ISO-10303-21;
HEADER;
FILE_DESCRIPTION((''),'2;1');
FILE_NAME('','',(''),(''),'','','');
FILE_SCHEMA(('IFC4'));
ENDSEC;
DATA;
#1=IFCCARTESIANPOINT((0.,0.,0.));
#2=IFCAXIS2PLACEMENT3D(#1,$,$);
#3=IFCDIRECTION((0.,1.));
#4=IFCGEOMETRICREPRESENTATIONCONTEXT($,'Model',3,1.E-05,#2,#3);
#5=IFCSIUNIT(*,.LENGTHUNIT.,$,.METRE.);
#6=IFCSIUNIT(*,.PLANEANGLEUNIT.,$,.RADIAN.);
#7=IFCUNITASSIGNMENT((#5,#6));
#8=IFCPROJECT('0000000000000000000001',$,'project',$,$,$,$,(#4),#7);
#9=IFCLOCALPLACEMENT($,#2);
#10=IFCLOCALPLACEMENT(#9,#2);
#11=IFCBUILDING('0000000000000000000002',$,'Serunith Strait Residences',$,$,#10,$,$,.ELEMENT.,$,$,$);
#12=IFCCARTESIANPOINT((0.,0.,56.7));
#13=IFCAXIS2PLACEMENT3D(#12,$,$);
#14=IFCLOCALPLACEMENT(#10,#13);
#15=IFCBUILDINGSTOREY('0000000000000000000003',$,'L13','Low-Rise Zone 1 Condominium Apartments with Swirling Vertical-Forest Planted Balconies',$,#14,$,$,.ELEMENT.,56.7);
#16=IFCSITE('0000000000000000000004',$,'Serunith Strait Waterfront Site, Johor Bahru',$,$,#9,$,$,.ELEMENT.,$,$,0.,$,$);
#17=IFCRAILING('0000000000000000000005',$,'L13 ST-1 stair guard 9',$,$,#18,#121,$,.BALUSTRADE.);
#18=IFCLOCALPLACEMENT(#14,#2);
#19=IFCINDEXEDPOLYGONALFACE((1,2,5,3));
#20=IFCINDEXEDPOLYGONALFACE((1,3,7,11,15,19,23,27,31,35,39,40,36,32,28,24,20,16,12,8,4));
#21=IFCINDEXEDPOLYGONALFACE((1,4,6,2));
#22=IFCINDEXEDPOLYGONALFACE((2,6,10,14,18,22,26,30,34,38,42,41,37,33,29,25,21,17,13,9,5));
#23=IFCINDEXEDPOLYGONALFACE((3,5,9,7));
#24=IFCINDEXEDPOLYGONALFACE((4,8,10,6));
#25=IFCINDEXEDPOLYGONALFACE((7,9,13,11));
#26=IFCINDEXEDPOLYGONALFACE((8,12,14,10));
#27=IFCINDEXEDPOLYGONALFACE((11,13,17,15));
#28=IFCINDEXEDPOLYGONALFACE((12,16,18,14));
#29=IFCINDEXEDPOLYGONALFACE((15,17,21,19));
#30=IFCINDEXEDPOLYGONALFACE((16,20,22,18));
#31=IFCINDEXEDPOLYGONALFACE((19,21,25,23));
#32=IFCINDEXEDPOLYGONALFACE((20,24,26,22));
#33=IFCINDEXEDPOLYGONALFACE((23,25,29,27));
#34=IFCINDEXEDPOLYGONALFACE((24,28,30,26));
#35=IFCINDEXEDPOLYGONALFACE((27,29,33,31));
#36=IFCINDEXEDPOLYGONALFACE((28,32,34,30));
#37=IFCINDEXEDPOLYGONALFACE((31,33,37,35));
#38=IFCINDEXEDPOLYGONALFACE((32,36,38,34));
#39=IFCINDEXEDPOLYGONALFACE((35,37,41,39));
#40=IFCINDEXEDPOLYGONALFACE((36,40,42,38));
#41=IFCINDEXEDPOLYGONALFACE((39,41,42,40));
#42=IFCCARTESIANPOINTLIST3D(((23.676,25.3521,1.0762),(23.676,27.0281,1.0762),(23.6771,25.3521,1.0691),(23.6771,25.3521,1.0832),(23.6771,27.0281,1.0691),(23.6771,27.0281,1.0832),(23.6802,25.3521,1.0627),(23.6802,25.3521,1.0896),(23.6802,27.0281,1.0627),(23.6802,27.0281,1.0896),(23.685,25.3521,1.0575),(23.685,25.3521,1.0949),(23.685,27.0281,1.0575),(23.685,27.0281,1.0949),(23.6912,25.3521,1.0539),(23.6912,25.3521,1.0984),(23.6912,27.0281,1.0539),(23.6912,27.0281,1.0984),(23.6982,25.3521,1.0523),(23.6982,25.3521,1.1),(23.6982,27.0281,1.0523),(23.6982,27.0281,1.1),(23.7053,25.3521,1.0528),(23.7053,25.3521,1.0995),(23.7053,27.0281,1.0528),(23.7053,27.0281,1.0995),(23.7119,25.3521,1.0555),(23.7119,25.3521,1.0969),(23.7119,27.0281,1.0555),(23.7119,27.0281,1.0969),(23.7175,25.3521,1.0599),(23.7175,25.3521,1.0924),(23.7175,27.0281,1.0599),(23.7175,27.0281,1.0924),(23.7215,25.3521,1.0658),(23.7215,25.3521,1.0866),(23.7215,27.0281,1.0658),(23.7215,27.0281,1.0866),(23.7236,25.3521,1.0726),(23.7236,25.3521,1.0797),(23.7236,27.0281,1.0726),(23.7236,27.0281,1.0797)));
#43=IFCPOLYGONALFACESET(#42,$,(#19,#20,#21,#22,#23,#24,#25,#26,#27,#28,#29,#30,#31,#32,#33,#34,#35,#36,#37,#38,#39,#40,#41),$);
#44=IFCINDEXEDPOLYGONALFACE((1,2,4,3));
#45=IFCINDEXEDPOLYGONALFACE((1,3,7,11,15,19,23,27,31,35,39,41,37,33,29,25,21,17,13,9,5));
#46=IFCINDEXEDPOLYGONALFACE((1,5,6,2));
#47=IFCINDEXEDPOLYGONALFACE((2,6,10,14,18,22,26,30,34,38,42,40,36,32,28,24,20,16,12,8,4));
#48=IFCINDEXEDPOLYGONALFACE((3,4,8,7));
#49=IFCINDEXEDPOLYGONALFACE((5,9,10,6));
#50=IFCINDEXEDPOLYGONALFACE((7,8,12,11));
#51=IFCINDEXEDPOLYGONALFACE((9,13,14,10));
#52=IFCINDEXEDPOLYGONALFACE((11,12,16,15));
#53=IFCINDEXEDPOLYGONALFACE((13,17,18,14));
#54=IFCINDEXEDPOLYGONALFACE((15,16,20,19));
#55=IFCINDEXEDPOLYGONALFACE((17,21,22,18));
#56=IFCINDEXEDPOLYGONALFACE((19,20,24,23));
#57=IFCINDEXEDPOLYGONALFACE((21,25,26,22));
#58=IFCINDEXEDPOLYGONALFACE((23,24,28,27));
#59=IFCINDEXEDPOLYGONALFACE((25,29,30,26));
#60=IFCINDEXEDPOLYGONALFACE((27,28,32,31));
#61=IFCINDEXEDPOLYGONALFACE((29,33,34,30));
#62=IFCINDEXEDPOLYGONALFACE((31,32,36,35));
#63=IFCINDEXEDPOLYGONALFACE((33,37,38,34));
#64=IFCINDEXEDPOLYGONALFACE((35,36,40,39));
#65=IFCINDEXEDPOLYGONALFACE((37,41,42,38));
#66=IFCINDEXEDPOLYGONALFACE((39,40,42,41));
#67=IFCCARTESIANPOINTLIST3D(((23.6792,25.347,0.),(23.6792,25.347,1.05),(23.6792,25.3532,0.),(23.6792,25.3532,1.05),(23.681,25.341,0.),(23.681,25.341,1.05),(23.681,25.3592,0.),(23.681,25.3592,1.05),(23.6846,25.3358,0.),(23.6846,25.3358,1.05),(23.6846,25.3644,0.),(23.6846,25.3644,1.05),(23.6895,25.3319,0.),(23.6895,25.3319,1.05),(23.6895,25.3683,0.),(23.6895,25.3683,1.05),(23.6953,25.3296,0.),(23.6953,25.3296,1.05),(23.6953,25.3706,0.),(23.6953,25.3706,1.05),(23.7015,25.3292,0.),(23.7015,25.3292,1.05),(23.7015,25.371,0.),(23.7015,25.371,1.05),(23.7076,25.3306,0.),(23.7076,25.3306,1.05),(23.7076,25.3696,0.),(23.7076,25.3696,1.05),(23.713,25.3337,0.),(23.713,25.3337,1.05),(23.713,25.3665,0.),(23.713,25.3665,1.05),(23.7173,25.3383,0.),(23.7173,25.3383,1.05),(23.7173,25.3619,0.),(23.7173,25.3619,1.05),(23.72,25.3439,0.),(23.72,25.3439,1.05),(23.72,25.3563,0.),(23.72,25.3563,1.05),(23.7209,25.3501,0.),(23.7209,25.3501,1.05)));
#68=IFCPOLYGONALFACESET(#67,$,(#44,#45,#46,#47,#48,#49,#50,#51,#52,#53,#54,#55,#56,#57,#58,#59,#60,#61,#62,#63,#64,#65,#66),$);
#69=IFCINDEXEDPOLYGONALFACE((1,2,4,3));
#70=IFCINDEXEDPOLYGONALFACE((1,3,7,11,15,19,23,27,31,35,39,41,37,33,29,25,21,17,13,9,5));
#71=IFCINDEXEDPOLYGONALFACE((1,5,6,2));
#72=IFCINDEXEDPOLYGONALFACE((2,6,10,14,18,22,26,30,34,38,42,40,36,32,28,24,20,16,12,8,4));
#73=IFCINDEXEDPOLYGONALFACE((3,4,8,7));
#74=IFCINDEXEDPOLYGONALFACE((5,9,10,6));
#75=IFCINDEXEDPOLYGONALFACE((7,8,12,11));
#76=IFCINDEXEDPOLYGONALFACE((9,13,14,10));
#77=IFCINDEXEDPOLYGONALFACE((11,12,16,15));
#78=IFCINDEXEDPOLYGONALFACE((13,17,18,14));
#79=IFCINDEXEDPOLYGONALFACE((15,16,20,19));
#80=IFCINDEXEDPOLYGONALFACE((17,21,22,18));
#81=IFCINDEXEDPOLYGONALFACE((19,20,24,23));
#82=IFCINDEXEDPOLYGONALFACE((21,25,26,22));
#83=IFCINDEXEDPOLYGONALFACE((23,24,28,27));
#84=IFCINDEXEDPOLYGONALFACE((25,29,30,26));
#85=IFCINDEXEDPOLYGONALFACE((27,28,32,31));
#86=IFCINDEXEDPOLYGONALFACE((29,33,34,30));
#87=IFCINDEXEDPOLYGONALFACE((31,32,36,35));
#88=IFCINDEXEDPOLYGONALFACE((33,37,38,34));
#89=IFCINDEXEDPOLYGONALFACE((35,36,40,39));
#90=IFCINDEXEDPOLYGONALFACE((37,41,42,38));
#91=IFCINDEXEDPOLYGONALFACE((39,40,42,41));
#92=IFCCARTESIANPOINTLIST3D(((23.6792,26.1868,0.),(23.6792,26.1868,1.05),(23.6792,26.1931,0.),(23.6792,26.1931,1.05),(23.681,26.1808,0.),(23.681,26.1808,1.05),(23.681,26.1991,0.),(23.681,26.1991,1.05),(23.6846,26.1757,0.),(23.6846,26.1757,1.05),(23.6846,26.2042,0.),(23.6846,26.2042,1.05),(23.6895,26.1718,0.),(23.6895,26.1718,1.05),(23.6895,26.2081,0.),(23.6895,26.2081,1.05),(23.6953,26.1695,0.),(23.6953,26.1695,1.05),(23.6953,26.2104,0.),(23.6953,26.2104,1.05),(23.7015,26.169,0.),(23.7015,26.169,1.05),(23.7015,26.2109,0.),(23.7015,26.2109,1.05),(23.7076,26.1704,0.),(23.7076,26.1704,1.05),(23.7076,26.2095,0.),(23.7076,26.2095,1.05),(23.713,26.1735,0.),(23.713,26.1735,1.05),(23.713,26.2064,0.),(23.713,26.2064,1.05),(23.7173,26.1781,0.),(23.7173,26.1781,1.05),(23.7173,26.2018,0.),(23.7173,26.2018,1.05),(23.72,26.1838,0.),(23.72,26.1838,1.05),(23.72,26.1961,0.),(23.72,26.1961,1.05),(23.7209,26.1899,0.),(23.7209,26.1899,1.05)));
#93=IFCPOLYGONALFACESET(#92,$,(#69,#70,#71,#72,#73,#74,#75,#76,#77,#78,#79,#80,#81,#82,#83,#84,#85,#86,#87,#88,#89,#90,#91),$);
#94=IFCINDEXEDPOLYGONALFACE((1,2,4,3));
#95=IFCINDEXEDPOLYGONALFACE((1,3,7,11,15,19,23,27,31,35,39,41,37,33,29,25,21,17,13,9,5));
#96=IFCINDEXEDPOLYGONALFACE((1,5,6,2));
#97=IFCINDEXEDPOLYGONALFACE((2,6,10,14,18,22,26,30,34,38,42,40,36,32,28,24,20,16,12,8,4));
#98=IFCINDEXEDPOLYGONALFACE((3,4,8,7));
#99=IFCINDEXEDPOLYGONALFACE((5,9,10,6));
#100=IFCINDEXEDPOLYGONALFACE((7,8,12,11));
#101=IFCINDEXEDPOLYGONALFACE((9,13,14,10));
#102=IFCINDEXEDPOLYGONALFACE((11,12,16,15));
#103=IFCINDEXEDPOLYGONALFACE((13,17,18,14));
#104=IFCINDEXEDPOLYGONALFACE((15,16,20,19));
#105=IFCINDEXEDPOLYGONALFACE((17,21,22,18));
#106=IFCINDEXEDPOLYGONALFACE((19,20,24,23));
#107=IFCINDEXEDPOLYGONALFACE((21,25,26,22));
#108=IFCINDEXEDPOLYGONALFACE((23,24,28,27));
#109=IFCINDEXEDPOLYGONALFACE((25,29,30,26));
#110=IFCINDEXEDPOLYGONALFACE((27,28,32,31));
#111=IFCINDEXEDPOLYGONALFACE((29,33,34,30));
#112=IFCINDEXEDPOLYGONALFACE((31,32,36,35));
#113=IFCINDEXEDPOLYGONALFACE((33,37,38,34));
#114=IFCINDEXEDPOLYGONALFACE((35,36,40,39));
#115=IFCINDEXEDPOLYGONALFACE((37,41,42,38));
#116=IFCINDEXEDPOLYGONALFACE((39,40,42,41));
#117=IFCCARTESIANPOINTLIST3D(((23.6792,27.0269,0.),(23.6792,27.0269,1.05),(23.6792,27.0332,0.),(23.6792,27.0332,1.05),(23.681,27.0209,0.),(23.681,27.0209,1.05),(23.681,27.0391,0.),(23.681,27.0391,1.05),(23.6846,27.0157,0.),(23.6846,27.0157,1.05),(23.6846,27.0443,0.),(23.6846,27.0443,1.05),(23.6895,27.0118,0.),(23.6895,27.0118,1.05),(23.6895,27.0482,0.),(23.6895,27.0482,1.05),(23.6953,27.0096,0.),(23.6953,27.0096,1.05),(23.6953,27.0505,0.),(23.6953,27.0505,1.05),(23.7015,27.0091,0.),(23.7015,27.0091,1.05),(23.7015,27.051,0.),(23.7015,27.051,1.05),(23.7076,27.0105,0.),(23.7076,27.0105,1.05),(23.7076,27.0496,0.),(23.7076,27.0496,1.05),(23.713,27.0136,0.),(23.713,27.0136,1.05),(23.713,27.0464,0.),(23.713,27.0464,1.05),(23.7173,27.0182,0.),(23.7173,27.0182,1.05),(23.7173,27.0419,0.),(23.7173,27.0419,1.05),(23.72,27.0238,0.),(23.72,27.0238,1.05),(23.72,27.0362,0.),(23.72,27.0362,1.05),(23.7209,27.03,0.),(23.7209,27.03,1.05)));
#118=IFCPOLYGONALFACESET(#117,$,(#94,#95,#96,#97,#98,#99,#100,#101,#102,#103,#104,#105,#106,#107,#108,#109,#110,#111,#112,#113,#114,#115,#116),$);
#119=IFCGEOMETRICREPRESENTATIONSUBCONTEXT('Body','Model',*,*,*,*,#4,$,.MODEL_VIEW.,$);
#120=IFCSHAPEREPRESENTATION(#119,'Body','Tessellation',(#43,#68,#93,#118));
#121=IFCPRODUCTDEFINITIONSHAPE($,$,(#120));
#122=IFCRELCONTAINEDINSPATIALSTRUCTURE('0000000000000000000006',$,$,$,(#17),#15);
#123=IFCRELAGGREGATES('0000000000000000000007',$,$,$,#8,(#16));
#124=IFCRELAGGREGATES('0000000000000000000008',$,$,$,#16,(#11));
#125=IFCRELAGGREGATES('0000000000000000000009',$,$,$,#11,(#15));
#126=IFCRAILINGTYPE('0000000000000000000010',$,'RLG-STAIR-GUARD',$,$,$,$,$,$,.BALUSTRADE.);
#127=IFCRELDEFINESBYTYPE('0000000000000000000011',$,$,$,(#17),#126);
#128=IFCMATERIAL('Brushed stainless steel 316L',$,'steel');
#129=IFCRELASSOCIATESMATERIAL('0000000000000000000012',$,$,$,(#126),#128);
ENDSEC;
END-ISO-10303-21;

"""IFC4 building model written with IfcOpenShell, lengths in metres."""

from ifc_helpers import new_model, si_unit, direction, frame, origin, origin_2d, place, context, subcontext, project, spatial, circle, extrude, material, type_object, element, save


model = new_model("IFC4")

# Units and contexts
model_context = context("Model", 3, precision=1e-05, world=origin(), true_north=direction((0.0, 1.0)))
body_context = subcontext(model_context, "Body", "Model", "MODEL_VIEW")
ifc_project = project(units=[si_unit("LENGTHUNIT", "METRE"), si_unit("PLANEANGLEUNIT", "RADIAN")], contexts=[model_context])

# Site, building, storey
site_placement = place(None, origin())
site = spatial("IfcSite", under=ifc_project, at=site_placement, Name="Serunith Strait Waterfront Site, Johor Bahru", CompositionType="ELEMENT", RefElevation=0.0)
building_placement = place(site_placement, origin())
building = spatial("IfcBuilding", under=site, at=building_placement, Name="Serunith Strait Residences", CompositionType="ELEMENT")
storey_placement = place(building_placement, frame((0.0, 0.0, 56.7)))
storey = spatial("IfcBuildingStorey", under=building, at=storey_placement, Name="L13", Description="Low-Rise Zone 1 Condominium Apartments with Swirling Vertical-Forest Planted Balconies", CompositionType="ELEMENT", Elevation=56.7)

# Railing
ifc_material_1 = material(Name="Brushed stainless steel 316L", Category="steel")
railing_type_1 = type_object("IfcRailingType", Name="RLG-STAIR-GUARD", PredefinedType="BALUSTRADE", material=ifc_material_1)
for number, where, name in (
    (1, (23.7, 25.3501, 0.0), "L13 ST-1 stair guard 9"),
):
    element("IfcRailing", number, at=place(storey_placement, frame(where)), inside=storey, type_object=railing_type_1, Name=name, PredefinedType="BALUSTRADE", context=body_context, shape_type="SweptSolid", body=[
        extrude(circle(Radius=0.0239, at=origin_2d()), frame((0.0, 0.002, 1.0762), z_axis=(0.0, 1.0, 0.0), x_axis=(-1.0, 0.0, 0.0)), (0.0, 0.0, 1.0), 1.676),
        extrude(circle(Radius=0.021, at=origin_2d()), origin(), (0.0, 0.0, 1.0), 1.05),
        extrude(circle(Radius=0.021, at=origin_2d()), frame((0.0, 0.8398, 0.0)), (0.0, 0.0, 1.0), 1.05),
        extrude(circle(Radius=0.021, at=origin_2d()), frame((0.0, 1.6799, 0.0)), (0.0, 0.0, 1.0), 1.05),
    ])

save(model, "model.ifc")
